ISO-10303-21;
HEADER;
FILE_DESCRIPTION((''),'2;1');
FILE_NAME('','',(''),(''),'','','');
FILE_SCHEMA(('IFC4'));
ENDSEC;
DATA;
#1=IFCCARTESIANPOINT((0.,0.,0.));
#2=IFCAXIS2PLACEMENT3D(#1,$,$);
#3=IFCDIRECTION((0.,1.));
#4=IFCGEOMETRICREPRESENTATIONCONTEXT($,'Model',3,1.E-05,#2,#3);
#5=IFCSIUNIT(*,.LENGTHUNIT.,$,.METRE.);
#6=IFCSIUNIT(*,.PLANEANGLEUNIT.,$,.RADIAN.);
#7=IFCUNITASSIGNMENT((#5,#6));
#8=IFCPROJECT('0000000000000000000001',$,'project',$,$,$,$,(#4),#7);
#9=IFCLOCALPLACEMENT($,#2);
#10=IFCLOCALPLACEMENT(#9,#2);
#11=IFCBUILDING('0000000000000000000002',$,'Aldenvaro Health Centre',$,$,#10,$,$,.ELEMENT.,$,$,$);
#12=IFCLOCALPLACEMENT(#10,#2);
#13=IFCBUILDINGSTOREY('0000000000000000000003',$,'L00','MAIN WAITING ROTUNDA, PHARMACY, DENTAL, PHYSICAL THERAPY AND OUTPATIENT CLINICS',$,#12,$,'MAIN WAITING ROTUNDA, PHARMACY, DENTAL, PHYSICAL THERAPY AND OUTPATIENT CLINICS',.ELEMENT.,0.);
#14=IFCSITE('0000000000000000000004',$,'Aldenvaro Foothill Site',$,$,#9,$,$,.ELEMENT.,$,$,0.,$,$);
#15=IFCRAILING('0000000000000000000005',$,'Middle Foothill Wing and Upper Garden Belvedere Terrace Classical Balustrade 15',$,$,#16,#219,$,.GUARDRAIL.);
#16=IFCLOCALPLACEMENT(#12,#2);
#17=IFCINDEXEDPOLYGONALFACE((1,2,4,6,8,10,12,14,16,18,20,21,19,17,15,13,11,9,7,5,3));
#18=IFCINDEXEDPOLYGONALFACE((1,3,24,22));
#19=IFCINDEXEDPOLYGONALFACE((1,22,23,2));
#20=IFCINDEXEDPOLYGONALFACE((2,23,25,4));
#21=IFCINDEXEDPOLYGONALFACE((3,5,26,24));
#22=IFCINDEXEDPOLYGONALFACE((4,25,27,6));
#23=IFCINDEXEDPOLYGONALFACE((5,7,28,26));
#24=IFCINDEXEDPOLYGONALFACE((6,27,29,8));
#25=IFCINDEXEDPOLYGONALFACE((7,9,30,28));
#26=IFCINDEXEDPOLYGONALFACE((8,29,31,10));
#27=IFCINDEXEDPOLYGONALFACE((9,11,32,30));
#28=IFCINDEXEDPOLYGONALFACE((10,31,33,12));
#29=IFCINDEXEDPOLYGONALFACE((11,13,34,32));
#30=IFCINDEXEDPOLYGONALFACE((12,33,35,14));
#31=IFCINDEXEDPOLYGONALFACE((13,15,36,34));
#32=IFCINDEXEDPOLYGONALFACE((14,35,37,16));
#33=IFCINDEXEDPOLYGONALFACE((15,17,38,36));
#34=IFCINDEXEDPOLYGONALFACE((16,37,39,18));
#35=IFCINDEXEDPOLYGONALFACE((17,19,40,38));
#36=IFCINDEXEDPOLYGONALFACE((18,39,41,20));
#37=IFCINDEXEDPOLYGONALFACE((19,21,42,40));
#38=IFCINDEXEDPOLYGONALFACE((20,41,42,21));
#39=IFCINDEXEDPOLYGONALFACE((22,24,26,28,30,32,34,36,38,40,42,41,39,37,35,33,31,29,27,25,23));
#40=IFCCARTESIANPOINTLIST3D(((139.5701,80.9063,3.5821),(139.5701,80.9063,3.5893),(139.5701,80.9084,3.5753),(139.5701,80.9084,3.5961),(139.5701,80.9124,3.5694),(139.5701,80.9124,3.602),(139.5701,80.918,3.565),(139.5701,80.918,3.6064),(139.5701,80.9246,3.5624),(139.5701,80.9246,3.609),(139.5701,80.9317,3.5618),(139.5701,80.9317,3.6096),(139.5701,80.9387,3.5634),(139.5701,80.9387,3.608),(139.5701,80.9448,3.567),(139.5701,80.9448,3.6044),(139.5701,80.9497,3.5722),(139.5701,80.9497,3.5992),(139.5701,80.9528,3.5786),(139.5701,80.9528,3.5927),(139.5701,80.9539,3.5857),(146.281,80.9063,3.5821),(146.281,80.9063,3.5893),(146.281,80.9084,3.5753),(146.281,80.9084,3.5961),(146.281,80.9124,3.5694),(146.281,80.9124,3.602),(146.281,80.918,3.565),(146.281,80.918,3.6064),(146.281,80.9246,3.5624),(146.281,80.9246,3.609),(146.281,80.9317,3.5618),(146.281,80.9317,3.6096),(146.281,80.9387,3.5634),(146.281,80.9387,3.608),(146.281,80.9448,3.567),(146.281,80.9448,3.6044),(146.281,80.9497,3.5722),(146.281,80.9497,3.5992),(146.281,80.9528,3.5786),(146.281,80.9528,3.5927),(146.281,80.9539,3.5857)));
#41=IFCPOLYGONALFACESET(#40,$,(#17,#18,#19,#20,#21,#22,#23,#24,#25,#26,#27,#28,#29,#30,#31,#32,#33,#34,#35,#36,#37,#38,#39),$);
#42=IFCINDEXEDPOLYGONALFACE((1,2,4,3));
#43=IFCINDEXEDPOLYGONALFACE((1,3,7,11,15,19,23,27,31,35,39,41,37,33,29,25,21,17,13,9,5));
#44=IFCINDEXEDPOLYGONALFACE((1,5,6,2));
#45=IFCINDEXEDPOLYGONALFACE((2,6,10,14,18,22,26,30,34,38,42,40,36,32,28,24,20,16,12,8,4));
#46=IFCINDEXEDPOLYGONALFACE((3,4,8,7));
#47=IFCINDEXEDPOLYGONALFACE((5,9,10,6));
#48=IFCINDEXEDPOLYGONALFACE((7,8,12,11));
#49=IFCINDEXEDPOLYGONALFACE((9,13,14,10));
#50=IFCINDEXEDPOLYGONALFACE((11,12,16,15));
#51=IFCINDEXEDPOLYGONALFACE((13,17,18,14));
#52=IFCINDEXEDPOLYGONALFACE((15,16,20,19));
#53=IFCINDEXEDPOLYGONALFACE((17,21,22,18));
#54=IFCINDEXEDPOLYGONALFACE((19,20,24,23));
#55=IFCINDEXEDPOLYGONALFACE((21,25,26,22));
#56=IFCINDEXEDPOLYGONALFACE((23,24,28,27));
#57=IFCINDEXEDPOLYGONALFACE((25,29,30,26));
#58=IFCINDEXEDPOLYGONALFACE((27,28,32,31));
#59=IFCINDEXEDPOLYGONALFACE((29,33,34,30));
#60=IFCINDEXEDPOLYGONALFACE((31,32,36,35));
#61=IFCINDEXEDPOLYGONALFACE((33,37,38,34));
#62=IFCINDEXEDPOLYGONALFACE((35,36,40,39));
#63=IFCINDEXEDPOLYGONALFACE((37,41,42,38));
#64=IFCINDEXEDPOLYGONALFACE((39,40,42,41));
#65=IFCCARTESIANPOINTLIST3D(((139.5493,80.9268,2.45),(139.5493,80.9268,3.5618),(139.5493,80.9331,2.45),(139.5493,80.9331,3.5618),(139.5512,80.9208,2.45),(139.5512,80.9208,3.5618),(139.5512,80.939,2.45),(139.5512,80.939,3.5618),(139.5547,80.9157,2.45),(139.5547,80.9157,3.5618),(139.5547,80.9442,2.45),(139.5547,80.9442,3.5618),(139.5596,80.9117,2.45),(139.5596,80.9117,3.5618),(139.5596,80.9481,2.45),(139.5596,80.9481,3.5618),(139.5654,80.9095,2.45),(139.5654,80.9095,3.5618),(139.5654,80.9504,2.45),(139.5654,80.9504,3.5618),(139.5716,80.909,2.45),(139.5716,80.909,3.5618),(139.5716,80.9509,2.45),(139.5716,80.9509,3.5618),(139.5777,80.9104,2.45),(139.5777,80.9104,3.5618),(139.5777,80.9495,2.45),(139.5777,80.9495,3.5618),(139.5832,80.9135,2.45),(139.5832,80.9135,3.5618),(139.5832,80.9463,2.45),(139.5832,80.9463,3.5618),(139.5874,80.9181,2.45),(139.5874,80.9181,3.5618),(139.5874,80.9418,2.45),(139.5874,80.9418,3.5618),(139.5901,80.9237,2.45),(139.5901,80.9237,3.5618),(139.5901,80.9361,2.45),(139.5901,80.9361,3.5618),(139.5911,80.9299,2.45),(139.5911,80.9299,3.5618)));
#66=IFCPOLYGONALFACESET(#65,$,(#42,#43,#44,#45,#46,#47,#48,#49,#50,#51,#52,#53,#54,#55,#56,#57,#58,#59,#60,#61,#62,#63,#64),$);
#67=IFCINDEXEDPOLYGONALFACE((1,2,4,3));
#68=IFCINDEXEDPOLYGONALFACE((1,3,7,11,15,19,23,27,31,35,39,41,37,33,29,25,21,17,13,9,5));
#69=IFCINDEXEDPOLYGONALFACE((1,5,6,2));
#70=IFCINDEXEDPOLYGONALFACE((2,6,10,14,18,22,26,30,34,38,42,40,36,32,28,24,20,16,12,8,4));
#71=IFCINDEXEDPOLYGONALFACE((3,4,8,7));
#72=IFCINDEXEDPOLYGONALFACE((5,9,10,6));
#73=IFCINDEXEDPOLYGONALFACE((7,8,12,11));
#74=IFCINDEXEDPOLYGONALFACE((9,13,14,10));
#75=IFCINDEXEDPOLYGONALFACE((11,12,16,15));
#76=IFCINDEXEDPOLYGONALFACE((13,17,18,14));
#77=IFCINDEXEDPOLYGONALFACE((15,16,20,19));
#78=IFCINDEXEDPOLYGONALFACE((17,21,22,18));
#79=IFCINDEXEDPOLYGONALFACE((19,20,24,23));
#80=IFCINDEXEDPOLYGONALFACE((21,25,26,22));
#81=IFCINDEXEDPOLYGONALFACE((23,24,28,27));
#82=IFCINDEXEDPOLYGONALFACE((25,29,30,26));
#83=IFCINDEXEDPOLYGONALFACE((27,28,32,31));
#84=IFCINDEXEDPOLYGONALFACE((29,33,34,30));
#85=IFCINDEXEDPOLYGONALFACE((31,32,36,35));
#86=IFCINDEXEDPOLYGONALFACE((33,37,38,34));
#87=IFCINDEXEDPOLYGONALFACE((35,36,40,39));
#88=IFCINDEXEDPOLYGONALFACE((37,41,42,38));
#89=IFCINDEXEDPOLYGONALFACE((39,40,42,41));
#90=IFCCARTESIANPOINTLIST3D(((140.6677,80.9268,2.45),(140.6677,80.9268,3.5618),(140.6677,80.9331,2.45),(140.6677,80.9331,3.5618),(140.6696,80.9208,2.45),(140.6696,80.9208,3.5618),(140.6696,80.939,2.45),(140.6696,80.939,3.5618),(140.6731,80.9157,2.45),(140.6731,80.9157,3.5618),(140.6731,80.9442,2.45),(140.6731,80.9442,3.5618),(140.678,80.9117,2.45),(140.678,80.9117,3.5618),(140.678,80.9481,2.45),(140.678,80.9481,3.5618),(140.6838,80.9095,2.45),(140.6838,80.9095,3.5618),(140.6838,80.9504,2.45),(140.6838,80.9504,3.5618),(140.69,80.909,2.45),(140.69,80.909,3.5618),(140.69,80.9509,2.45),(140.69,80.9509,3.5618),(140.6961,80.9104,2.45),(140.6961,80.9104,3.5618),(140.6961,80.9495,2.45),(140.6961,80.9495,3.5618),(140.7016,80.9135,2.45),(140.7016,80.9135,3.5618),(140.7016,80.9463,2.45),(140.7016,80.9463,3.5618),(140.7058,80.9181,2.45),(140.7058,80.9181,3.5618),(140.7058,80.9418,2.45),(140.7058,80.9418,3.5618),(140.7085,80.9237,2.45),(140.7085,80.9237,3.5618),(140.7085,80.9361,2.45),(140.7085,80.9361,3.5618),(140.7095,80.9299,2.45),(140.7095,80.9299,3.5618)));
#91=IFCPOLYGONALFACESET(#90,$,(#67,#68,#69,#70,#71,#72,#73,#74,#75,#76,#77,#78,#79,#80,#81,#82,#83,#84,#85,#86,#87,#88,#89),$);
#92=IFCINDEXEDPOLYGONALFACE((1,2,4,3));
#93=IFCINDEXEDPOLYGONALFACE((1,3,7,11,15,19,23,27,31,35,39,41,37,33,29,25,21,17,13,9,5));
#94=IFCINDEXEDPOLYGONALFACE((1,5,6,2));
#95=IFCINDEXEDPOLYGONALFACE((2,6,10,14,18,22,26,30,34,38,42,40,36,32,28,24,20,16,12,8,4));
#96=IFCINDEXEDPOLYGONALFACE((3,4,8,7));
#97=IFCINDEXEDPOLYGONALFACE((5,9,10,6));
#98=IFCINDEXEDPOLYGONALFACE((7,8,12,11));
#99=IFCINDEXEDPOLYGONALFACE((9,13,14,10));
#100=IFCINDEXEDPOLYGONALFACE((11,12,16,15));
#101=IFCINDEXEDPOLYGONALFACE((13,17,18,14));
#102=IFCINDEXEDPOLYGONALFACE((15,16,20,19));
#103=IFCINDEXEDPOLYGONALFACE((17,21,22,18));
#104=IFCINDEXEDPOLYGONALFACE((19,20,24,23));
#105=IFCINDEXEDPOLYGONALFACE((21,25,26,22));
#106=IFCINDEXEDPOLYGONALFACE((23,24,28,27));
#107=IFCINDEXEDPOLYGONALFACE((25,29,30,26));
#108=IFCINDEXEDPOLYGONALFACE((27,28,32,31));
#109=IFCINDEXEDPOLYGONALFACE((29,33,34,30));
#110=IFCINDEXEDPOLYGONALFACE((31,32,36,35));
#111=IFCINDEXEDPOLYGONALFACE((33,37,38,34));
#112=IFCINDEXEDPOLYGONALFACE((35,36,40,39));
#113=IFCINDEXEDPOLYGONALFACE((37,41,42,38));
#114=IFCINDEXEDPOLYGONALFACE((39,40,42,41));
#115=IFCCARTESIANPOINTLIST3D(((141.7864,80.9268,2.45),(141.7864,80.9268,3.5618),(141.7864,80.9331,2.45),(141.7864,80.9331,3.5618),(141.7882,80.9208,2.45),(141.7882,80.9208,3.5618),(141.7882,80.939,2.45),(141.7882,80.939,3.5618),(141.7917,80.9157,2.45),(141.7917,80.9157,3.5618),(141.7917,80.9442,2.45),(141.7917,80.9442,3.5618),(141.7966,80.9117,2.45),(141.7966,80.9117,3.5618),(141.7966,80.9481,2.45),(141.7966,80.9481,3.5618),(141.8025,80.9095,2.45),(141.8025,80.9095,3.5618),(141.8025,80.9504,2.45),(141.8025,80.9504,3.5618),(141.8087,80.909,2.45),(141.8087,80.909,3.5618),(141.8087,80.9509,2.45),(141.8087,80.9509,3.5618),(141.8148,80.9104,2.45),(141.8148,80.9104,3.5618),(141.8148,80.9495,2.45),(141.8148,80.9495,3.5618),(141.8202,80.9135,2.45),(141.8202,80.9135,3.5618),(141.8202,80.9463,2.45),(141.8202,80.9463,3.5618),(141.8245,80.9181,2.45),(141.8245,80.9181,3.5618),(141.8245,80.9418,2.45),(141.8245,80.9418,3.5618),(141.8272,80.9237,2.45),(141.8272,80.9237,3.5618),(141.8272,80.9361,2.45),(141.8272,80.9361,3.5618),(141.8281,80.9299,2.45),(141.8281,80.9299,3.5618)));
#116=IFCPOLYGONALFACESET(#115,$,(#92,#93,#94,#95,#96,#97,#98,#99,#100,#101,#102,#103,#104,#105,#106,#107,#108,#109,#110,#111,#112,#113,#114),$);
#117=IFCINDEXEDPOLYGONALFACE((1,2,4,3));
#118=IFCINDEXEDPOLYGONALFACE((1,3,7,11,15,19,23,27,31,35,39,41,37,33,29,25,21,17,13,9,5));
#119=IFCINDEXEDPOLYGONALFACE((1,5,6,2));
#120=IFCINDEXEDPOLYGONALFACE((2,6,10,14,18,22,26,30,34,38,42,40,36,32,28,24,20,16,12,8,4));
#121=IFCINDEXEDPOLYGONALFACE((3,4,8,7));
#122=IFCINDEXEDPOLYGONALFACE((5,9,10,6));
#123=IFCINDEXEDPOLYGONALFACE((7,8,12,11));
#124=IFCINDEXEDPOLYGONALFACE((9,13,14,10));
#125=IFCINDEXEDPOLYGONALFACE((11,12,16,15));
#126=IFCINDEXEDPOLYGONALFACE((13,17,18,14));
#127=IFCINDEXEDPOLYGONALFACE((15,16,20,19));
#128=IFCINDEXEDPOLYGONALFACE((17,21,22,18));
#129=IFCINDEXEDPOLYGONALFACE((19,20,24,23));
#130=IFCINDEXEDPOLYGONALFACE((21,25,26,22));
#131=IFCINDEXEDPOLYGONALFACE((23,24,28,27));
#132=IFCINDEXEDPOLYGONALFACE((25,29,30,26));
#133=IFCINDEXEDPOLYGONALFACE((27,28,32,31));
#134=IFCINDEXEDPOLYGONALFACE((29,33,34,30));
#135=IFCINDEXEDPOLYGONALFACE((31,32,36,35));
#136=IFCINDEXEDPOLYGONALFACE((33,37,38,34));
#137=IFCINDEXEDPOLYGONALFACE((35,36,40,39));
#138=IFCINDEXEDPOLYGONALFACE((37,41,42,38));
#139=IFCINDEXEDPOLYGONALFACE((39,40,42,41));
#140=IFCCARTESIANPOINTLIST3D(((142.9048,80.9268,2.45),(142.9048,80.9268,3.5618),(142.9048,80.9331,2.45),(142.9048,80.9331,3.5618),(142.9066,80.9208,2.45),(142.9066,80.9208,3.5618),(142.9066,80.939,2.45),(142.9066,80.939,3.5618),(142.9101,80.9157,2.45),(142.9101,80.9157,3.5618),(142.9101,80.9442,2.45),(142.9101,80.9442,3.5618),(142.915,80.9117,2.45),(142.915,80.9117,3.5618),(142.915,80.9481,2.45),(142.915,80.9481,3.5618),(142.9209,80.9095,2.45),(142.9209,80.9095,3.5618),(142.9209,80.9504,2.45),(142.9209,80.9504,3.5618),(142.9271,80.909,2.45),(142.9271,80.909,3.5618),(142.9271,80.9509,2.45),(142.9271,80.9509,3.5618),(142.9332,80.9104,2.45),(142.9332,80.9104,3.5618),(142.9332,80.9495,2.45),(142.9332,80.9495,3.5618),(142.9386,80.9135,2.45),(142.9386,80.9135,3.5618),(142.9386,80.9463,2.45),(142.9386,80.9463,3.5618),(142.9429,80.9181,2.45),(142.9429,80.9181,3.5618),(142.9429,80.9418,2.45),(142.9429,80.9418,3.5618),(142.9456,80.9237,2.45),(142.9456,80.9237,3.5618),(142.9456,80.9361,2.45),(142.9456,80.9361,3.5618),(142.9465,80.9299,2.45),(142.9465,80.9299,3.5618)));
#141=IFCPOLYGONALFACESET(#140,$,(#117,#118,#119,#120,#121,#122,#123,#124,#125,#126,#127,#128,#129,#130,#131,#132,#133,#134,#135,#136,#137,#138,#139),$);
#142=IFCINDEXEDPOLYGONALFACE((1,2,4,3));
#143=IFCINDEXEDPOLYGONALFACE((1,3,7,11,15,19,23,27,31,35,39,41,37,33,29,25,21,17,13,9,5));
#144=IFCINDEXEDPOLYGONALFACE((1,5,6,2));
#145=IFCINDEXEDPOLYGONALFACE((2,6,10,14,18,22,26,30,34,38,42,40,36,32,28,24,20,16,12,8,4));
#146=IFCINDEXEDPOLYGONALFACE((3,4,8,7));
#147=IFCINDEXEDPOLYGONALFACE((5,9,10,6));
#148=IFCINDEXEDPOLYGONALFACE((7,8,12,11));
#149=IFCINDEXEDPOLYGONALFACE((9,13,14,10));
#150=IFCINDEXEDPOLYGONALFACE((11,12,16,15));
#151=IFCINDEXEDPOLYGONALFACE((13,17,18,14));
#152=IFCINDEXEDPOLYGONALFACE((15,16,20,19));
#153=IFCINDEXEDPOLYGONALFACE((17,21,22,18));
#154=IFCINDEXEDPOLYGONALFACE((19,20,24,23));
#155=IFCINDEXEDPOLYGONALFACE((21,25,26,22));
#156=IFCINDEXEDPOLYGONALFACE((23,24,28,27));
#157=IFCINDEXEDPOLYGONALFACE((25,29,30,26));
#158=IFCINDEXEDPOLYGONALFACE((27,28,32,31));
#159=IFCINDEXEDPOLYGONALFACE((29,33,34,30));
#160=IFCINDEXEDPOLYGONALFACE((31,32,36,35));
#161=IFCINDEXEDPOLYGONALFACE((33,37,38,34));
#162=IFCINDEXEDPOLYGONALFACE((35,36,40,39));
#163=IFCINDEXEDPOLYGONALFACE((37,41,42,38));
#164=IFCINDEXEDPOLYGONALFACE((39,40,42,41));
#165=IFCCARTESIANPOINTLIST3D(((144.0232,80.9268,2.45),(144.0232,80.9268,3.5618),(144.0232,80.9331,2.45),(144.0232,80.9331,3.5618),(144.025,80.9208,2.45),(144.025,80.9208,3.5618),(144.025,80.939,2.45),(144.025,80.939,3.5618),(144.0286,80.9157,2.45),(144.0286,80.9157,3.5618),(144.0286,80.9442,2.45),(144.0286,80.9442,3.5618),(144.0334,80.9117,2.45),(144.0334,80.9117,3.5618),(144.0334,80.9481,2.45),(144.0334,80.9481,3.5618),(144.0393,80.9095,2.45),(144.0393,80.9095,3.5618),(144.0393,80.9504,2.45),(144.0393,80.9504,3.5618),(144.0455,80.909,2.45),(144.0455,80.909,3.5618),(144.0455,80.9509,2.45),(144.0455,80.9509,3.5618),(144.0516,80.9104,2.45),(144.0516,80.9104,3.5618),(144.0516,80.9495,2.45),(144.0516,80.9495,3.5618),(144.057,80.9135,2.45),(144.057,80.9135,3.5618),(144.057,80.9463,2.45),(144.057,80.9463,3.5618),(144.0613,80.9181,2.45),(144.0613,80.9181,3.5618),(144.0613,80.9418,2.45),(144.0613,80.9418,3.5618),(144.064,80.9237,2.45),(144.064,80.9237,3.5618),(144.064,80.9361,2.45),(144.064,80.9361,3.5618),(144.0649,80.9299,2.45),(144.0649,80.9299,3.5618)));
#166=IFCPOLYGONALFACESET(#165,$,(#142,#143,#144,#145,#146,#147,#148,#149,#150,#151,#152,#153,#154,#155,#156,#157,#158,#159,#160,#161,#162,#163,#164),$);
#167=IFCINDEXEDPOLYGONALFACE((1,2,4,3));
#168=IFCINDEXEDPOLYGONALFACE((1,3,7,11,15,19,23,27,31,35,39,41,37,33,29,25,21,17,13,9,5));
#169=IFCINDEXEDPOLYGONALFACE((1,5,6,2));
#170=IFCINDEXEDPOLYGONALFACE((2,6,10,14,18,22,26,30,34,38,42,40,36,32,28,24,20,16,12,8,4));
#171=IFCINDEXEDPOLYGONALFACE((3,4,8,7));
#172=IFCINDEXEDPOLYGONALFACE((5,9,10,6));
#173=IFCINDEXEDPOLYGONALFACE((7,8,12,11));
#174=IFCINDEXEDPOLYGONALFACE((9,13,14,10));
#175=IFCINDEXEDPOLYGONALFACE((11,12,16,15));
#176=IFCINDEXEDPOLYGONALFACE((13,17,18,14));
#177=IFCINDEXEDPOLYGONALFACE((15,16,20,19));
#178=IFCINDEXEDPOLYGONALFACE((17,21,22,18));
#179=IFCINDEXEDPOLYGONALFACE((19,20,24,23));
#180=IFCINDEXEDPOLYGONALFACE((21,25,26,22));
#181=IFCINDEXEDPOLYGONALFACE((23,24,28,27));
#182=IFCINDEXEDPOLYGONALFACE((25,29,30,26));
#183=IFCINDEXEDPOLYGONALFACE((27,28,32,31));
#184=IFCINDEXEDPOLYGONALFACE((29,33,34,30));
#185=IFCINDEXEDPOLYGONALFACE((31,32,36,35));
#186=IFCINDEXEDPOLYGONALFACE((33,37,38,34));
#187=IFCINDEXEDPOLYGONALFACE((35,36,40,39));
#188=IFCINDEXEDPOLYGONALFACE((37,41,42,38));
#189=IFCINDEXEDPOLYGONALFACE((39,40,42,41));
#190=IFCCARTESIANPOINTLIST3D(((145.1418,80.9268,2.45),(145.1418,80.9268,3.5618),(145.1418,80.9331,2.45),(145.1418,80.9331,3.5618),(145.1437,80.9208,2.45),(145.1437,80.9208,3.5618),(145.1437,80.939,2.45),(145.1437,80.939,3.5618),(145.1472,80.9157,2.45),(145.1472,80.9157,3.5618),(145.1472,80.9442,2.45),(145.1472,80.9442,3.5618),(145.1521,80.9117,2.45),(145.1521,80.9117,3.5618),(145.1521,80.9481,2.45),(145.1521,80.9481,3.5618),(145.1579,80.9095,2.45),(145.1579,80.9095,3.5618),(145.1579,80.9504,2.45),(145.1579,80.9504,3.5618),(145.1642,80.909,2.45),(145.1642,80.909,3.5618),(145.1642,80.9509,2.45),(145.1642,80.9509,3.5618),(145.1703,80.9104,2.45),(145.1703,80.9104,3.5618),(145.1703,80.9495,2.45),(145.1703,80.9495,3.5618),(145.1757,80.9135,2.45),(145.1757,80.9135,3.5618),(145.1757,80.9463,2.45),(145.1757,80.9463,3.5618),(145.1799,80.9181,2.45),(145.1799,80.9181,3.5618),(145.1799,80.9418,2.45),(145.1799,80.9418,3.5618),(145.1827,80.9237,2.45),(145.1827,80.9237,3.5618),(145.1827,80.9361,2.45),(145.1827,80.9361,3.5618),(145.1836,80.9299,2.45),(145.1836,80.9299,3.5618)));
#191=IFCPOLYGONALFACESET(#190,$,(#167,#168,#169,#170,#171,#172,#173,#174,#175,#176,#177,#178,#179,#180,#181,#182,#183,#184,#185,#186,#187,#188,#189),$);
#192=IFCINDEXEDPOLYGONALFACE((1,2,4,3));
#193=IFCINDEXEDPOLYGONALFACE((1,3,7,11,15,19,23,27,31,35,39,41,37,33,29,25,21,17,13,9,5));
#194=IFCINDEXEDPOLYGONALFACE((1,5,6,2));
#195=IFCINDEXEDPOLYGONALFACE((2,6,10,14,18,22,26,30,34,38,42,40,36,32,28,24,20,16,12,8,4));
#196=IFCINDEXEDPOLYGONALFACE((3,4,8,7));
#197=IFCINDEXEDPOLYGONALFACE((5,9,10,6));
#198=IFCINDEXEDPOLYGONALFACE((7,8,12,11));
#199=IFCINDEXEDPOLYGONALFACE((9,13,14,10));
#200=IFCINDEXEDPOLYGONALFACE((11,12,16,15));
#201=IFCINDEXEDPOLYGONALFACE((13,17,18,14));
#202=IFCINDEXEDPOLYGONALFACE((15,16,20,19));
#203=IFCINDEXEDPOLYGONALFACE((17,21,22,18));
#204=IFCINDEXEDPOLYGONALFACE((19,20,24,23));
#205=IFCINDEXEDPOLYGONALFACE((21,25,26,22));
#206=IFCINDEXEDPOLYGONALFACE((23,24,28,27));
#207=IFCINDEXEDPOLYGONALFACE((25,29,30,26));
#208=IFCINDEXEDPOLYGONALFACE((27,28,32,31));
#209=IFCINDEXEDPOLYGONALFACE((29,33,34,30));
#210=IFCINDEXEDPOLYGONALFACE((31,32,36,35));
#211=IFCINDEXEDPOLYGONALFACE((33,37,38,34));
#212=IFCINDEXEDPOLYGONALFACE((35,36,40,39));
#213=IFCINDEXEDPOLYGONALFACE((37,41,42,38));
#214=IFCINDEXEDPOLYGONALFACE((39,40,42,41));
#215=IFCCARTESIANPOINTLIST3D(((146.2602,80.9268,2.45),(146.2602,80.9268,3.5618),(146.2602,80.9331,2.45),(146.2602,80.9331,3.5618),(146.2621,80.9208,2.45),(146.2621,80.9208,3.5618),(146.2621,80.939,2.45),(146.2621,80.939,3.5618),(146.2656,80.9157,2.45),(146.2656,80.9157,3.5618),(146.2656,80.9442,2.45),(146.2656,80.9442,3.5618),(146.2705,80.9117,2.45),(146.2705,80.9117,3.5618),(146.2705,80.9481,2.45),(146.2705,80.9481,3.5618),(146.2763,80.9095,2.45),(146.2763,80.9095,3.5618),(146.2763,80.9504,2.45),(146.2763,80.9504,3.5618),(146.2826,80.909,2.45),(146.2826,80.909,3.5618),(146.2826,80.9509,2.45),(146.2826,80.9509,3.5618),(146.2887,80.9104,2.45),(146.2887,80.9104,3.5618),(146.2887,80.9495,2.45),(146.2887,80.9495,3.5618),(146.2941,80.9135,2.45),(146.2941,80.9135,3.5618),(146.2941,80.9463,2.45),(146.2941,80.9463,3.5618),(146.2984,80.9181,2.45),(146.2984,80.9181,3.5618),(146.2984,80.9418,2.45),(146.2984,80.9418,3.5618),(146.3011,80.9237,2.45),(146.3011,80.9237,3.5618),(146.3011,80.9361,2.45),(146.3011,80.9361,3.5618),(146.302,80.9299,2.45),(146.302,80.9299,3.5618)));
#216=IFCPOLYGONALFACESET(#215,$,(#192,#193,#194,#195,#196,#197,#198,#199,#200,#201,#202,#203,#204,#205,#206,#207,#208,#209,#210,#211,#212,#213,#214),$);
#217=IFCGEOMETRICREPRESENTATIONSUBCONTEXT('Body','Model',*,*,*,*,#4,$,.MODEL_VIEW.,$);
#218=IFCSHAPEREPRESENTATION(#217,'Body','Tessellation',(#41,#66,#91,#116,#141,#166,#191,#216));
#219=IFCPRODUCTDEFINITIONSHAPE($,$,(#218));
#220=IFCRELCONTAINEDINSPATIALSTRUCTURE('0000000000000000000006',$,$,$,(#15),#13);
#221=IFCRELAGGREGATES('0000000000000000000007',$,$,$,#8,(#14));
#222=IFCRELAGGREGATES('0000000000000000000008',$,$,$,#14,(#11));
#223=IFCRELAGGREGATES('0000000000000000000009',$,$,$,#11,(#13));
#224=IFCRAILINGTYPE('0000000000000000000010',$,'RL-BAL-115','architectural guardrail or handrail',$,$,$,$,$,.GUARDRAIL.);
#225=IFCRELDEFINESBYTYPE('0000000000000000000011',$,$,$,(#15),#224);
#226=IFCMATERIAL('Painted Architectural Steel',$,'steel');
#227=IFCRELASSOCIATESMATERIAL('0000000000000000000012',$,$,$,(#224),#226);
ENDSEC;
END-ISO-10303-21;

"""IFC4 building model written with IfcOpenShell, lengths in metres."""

from ifc_helpers import new_model, si_unit, direction, frame, origin, origin_2d, place, context, subcontext, project, spatial, circle, extrude, material, type_object, element, save


model = new_model("IFC4")

# Units and contexts
model_context = context("Model", 3, precision=1e-05, world=origin(), true_north=direction((0.0, 1.0)))
body_context = subcontext(model_context, "Body", "Model", "MODEL_VIEW")
ifc_project = project(units=[si_unit("LENGTHUNIT", "METRE"), si_unit("PLANEANGLEUNIT", "RADIAN")], contexts=[model_context])

# Site, building, storey
site_placement = place(None, origin())
site = spatial("IfcSite", under=ifc_project, at=site_placement, Name="Aldenvaro Foothill Site", CompositionType="ELEMENT", RefElevation=0.0)
building_placement = place(site_placement, origin())
building = spatial("IfcBuilding", under=site, at=building_placement, Name="Aldenvaro Health Centre", CompositionType="ELEMENT")
storey_placement = place(building_placement, origin())
storey = spatial("IfcBuildingStorey", under=building, at=storey_placement, Name="L00", Description="MAIN WAITING ROTUNDA, PHARMACY, DENTAL, PHYSICAL THERAPY AND OUTPATIENT CLINICS", LongName="MAIN WAITING ROTUNDA, PHARMACY, DENTAL, PHYSICAL THERAPY AND OUTPATIENT CLINICS", CompositionType="ELEMENT", Elevation=0.0)

# Railing
ifc_material_1 = material(Name="Painted Architectural Steel", Category="steel")
railing_type_1 = type_object("IfcRailingType", Name="RL-BAL-115", Description="architectural guardrail or handrail", PredefinedType="GUARDRAIL", material=ifc_material_1)
railing_1_placement = place(storey_placement, frame((139.5701, 80.9299, 2.45)))
element("IfcRailing", 1, at=railing_1_placement, inside=storey, type_object=railing_type_1, Name="Middle Foothill Wing and Upper Garden Belvedere Terrace Classical Balustrade 15", PredefinedType="GUARDRAIL", context=body_context, shape_type="SweptSolid", body=[
    extrude(circle(Radius=0.0239, at=origin_2d()), frame((0.0, 0.0, 1.1357), z_axis=(1.0, 0.0, 0.0), x_axis=(0.0, 1.0, 0.0)), (0.0, 0.0, 1.0), 6.7109),
    extrude(circle(Radius=0.021, at=origin_2d()), origin(), (0.0, 0.0, 1.0), 1.1118),
    extrude(circle(Radius=0.021, at=origin_2d()), frame((1.1184, 0.0, 0.0)), (0.0, 0.0, 1.0), 1.1118),
    extrude(circle(Radius=0.021, at=origin_2d()), frame((2.2371, 0.0, 0.0)), (0.0, 0.0, 1.0), 1.1118),
    extrude(circle(Radius=0.021, at=origin_2d()), frame((3.3555, 0.0, 0.0)), (0.0, 0.0, 1.0), 1.1118),
    extrude(circle(Radius=0.021, at=origin_2d()), frame((4.4739, 0.0, 0.0)), (0.0, 0.0, 1.0), 1.1118),
    extrude(circle(Radius=0.021, at=origin_2d()), frame((5.5925, 0.0, 0.0)), (0.0, 0.0, 1.0), 1.1118),
    extrude(circle(Radius=0.021, at=origin_2d()), frame((6.7109, 0.0, 0.0)), (0.0, 0.0, 1.0), 1.1118),
])

save(model, "model.ifc")
